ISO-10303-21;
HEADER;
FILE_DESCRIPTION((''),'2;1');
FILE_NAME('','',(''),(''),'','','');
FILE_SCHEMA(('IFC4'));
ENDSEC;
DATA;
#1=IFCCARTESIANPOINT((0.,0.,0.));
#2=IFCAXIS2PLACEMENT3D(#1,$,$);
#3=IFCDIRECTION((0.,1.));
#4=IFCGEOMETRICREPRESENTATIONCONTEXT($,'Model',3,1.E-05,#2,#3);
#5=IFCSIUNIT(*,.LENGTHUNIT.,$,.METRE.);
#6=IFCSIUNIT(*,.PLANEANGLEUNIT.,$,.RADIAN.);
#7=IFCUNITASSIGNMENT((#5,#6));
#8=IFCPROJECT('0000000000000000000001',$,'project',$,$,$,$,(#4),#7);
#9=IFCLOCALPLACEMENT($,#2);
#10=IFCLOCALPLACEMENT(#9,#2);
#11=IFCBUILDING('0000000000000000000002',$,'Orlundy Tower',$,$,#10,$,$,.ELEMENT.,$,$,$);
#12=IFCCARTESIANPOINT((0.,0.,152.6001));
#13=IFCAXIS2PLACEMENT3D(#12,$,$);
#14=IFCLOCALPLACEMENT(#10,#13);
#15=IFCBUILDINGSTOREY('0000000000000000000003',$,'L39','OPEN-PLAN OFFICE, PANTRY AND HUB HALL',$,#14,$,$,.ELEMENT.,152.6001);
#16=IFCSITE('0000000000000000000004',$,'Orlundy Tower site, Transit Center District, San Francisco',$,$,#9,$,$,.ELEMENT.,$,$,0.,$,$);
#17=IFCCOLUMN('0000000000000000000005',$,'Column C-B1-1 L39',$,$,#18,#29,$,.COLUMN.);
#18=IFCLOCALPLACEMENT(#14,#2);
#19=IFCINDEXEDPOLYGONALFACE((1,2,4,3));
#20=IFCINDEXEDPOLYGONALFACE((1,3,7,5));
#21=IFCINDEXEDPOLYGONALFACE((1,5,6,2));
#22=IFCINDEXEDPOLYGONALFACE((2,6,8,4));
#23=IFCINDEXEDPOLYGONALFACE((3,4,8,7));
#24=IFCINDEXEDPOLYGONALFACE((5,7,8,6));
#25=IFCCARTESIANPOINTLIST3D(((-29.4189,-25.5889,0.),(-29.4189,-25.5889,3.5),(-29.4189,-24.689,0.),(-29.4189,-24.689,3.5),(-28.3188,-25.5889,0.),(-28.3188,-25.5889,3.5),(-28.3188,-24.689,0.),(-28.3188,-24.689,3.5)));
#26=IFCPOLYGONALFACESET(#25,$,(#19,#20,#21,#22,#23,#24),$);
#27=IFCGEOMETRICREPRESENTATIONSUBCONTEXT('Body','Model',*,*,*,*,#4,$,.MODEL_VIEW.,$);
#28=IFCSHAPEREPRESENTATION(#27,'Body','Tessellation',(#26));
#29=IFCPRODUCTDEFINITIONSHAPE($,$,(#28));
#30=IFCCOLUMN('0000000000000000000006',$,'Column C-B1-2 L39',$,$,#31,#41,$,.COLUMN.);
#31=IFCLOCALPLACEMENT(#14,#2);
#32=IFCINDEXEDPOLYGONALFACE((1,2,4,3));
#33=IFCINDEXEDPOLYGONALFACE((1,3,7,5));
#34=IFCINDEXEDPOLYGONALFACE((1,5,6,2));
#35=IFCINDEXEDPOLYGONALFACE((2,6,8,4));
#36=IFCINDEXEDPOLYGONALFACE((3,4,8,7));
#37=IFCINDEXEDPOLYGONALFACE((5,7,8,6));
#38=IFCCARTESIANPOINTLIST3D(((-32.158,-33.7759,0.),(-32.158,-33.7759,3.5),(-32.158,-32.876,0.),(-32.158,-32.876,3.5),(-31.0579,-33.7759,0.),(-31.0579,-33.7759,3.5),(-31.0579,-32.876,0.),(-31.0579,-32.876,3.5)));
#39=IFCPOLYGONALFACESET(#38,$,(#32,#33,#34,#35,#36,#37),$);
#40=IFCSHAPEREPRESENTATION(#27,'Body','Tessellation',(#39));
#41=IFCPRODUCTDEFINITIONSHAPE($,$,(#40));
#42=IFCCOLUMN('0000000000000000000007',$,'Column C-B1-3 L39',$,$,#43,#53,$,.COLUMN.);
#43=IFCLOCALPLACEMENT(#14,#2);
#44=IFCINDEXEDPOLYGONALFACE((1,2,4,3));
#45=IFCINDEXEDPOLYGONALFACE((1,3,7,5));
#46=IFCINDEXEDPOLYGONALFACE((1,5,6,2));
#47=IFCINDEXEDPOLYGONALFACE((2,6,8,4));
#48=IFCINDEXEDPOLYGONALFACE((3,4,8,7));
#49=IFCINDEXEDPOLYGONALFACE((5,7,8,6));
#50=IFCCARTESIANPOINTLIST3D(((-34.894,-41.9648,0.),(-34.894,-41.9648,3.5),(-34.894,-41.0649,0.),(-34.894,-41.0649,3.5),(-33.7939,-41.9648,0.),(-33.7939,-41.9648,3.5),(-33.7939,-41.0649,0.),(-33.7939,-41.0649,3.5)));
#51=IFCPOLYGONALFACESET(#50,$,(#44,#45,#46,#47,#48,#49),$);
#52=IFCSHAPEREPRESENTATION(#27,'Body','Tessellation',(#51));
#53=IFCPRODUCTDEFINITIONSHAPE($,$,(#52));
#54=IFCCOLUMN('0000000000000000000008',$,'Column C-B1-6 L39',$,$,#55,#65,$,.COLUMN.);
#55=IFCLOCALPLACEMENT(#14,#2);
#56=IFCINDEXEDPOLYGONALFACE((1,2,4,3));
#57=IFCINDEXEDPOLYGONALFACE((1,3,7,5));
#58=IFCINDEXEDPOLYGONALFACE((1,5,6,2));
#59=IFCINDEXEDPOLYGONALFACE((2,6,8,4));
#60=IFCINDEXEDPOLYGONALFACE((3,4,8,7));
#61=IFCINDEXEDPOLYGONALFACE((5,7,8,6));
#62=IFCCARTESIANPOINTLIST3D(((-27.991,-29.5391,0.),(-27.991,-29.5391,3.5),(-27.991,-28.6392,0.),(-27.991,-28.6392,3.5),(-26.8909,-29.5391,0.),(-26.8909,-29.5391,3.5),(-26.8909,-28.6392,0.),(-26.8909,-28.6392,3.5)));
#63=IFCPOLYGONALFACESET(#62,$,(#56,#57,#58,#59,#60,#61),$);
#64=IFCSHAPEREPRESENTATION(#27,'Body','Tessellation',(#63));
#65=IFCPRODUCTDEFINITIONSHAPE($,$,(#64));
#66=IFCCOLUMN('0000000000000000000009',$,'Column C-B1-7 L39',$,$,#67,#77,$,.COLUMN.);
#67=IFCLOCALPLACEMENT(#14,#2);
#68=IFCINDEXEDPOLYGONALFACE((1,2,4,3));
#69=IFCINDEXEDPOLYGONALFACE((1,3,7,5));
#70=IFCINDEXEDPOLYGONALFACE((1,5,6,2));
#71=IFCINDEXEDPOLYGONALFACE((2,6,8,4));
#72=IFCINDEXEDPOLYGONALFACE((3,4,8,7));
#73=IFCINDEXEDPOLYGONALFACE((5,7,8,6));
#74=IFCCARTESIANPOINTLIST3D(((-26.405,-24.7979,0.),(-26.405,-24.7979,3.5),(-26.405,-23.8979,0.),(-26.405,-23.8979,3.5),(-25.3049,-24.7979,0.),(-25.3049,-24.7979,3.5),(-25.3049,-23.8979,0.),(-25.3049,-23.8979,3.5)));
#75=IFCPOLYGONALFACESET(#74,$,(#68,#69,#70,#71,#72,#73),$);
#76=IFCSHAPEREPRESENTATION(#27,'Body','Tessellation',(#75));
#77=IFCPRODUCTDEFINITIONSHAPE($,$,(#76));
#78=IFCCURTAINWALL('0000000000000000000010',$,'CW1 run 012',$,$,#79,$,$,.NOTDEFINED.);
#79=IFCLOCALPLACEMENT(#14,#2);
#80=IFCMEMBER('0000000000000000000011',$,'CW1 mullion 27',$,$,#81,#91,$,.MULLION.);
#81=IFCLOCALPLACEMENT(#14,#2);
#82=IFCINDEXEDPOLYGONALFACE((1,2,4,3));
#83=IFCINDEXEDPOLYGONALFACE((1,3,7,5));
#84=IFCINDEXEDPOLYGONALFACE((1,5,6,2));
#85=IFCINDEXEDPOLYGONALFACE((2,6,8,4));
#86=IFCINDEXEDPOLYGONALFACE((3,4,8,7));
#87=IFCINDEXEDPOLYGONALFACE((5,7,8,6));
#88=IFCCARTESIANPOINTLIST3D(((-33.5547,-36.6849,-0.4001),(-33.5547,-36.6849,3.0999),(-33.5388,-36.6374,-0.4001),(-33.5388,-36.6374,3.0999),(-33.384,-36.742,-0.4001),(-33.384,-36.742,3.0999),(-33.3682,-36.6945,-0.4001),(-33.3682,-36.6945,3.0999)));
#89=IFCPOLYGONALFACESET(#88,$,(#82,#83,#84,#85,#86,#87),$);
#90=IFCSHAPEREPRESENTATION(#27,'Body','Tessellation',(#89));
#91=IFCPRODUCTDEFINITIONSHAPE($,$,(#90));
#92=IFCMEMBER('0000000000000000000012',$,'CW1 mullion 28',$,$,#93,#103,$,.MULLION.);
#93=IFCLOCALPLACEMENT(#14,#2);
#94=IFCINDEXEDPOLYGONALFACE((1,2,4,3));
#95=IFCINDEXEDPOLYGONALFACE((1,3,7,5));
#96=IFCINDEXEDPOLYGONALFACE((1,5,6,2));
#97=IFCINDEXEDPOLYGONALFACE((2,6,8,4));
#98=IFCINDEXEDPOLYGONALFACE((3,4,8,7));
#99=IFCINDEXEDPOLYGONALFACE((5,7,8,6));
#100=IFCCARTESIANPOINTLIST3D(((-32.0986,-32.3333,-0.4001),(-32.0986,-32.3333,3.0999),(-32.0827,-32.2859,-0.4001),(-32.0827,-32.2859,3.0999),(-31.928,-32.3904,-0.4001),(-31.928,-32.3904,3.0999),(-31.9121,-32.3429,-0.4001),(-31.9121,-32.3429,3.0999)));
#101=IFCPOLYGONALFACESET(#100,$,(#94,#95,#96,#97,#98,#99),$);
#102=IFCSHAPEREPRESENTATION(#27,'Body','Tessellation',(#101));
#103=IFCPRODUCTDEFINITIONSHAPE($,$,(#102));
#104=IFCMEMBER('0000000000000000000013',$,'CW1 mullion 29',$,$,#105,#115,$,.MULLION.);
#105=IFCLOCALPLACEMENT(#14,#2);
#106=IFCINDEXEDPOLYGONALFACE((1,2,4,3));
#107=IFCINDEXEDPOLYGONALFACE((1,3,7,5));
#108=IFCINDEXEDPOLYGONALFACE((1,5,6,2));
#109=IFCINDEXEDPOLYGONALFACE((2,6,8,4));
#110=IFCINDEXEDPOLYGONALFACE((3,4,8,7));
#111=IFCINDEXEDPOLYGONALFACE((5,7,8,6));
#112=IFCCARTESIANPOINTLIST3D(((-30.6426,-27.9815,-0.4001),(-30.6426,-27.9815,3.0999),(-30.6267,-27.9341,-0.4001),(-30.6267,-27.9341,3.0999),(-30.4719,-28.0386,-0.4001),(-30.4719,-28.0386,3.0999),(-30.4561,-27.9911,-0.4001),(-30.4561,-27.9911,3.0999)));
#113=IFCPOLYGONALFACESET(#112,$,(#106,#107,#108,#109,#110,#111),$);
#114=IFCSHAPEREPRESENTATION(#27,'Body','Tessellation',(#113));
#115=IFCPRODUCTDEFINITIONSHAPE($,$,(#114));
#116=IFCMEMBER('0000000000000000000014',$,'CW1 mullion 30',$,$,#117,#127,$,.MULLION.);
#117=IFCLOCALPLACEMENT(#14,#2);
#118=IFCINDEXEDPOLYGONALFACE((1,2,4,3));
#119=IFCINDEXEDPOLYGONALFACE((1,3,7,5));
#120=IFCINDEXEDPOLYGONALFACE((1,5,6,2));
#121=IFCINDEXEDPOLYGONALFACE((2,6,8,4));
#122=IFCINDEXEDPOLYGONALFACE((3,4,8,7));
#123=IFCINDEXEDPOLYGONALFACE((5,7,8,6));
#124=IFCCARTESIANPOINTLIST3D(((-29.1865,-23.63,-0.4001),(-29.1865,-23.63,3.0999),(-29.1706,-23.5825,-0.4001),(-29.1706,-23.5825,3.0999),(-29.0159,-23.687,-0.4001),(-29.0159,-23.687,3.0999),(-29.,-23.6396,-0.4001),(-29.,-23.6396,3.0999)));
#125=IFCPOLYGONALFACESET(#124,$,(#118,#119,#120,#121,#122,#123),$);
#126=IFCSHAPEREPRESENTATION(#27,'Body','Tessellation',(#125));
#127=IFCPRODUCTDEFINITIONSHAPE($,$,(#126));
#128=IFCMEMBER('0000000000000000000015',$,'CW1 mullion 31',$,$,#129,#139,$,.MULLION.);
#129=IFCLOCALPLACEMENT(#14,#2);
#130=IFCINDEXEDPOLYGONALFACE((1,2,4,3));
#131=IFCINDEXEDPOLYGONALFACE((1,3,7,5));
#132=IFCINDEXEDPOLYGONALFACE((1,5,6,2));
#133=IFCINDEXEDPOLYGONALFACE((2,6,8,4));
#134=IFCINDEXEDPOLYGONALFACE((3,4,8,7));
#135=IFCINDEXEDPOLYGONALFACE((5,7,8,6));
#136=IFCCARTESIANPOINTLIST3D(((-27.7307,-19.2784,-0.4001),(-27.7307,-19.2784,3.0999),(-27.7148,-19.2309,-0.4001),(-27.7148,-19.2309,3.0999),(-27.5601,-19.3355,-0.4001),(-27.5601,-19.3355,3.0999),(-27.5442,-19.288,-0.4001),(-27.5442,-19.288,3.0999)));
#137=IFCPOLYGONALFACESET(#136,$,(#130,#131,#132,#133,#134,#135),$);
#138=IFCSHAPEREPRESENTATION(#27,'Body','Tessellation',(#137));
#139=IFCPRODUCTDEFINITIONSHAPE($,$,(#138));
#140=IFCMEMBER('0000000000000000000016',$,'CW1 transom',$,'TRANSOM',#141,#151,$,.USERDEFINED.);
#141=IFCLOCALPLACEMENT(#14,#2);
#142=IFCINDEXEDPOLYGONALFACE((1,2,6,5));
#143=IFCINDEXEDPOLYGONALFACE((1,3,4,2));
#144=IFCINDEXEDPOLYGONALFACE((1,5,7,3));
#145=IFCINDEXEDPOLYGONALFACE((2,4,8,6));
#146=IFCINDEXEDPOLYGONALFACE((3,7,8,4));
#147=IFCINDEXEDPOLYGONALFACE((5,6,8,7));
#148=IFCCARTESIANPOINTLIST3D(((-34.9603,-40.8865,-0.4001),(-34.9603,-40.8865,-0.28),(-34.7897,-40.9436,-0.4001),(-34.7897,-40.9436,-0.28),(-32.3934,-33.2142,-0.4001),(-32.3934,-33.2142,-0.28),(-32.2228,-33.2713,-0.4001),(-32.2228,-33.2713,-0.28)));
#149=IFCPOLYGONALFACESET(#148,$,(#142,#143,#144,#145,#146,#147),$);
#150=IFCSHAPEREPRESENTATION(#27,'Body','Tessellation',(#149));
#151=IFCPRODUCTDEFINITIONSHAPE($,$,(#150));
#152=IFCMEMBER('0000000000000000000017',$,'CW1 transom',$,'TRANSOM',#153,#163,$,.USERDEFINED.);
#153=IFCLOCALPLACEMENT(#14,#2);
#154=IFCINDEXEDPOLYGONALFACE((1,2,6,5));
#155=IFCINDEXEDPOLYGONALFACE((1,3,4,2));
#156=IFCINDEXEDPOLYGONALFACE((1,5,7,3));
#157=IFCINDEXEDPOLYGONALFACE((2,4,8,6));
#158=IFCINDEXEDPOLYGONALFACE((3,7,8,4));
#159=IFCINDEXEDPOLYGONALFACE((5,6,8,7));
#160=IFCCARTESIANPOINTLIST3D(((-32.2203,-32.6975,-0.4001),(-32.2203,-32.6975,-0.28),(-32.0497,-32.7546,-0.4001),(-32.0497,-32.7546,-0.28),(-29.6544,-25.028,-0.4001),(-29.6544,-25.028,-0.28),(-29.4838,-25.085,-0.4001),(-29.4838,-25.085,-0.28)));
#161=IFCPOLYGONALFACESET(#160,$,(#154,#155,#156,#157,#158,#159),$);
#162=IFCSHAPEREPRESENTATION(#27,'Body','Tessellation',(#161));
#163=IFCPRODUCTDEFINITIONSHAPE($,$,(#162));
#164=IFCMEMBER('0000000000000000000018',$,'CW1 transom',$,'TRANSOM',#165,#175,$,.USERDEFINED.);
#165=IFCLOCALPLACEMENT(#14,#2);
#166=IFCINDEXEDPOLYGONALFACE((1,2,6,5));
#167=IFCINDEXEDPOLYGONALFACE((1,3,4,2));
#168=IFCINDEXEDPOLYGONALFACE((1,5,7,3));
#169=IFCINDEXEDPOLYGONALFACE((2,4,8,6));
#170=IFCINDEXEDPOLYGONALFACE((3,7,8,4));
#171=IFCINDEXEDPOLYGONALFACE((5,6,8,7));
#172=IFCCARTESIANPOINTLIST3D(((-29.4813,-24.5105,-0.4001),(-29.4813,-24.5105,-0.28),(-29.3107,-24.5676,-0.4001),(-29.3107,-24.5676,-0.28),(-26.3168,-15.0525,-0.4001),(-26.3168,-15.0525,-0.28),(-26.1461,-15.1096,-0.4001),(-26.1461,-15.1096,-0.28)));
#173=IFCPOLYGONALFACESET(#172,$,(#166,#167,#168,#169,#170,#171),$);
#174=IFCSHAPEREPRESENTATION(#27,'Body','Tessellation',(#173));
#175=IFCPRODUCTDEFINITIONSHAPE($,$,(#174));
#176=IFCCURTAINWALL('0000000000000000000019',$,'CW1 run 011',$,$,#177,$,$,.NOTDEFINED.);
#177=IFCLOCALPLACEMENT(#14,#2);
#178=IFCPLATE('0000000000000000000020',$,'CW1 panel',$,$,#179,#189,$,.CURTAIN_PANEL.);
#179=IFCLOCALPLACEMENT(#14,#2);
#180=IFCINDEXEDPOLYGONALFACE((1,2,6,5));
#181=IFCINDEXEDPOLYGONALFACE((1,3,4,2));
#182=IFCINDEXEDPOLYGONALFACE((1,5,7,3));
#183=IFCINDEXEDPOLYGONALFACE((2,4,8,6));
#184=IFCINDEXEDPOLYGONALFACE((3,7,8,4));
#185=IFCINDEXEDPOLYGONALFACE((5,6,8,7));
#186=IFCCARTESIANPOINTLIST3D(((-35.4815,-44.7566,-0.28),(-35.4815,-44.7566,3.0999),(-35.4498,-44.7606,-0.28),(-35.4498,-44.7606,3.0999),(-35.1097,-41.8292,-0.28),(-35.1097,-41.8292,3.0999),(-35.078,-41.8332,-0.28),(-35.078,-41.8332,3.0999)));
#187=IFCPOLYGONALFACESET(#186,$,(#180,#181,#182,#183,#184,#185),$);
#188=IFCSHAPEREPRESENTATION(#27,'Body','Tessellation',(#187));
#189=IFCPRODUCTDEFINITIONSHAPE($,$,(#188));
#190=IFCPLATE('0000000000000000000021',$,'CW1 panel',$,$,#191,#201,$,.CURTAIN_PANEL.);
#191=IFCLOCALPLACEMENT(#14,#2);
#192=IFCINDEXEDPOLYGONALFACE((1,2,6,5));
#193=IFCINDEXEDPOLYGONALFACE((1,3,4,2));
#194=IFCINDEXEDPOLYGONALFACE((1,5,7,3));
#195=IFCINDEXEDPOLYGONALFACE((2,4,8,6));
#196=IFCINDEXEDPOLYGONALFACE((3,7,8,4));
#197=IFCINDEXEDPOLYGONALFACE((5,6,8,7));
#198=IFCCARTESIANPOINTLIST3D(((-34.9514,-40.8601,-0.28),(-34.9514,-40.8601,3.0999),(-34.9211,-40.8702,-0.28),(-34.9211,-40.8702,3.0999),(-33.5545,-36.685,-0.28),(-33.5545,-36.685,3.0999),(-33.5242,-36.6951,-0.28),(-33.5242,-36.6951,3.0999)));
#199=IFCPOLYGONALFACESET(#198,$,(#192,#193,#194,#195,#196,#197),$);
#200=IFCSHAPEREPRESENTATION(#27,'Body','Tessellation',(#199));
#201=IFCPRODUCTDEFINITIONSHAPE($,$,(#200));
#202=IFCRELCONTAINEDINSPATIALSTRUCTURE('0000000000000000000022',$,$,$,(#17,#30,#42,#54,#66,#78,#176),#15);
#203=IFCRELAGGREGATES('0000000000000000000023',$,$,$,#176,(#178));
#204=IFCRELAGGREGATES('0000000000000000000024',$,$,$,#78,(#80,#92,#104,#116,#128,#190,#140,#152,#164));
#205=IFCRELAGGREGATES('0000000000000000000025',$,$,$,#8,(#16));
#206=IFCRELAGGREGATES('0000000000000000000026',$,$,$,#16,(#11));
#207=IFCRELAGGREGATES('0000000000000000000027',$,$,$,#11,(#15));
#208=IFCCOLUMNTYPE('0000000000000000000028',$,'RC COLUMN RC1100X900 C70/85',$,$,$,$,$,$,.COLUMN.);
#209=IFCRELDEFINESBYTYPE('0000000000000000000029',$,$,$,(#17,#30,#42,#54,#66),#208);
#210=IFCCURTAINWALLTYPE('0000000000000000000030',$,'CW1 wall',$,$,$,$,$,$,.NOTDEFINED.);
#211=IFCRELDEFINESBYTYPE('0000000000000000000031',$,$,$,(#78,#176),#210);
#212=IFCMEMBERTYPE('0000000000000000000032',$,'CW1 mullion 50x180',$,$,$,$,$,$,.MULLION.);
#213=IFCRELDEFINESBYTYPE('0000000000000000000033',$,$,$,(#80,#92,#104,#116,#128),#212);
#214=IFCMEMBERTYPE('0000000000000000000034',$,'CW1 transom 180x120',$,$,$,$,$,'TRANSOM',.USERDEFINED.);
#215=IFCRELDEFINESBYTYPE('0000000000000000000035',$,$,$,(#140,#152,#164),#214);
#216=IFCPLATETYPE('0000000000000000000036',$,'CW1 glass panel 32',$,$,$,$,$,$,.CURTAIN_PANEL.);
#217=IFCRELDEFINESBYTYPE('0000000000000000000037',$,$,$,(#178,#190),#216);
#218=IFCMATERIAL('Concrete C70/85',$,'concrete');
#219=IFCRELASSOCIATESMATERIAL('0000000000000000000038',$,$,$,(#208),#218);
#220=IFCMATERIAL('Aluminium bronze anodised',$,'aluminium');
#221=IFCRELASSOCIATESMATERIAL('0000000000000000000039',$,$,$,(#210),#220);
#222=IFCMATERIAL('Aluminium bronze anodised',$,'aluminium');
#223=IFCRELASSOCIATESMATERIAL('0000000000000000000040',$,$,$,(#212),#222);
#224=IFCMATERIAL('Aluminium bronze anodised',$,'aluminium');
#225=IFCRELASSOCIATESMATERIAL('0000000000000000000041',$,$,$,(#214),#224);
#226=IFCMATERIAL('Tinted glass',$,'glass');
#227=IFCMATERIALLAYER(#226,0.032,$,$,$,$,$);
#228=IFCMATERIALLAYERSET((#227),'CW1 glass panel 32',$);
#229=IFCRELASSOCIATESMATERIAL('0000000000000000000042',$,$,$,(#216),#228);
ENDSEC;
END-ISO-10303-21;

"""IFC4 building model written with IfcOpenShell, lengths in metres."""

from ifc_helpers import new_model, si_unit, direction, frame, origin, origin_2d, place, context, subcontext, project, spatial, rectangle, extrude, material, layer, layer_set, material_profile, profile_set, type_object, element, aggregate, save


model = new_model("IFC4")

# Units and contexts
model_context = context("Model", 3, precision=1e-05, world=origin(), true_north=direction((0.0, 1.0)))
body_context = subcontext(model_context, "Body", "Model", "MODEL_VIEW")
ifc_project = project(units=[si_unit("LENGTHUNIT", "METRE"), si_unit("PLANEANGLEUNIT", "RADIAN")], contexts=[model_context])

# Site, building, storey
site_placement = place(None, origin())
site = spatial("IfcSite", under=ifc_project, at=site_placement, Name="Orlundy Tower site, Transit Center District, San Francisco", CompositionType="ELEMENT", RefElevation=0.0)
building_placement = place(site_placement, origin())
building = spatial("IfcBuilding", under=site, at=building_placement, Name="Orlundy Tower", CompositionType="ELEMENT")
storey_placement = place(building_placement, frame((0.0, 0.0, 152.6001)))
storey = spatial("IfcBuildingStorey", under=building, at=storey_placement, Name="L39", Description="OPEN-PLAN OFFICE, PANTRY AND HUB HALL", CompositionType="ELEMENT", Elevation=152.6001)

# Columns
ifc_material_1 = material(Name="Concrete C70/85", Category="concrete")
ifc_material_profile_1 = material_profile(ifc_material_1, rectangle(XDim=1.1001, YDim=0.8999, at=origin_2d()), Name="RC1100X900")
ifc_profile_set_1 = profile_set([ifc_material_profile_1], Name="Concrete C70/85")
column_type = type_object("IfcColumnType", Name="RC COLUMN RC1100X900 C70/85", PredefinedType="COLUMN", material=ifc_profile_set_1)
for number, where, z_axis, x_axis, name in (
    (1, (-28.8689, -25.1389, 0.0), (0.0, 0.0, 1.0), (1.0, 0.0, 0.0), "Column C-B1-1 L39"),
    (2, (-31.6079, -33.3259, 0.0), (0.0, 0.0, 1.0), (1.0, 0.0, 0.0), "Column C-B1-2 L39"),
    (3, (-34.344, -41.5149, 0.0), (0.0, 0.0, 1.0), (1.0, 0.0, 0.0), "Column C-B1-3 L39"),
    (4, (-27.4409, -29.0891, 0.0), (0.0, 0.0, 1.0), (1.0, 0.0, 0.0), "Column C-B1-6 L39"),
    (5, (-25.855, -24.3479, 0.0), (0.0, 0.0, 1.0), (1.0, 0.0, 0.0), "Column C-B1-7 L39"),
):
    element("IfcColumn", number, at=place(storey_placement, frame(where, z_axis=z_axis, x_axis=x_axis)), inside=storey, type_object=column_type, Name=name, PredefinedType="COLUMN", context=body_context, shape_type="SweptSolid", body=[
        extrude(rectangle(XDim=1.1001, YDim=0.8999, at=origin_2d()), origin(), (0.0, 0.0, 1.0), 3.5),
    ])

# Curtain wall, members
ifc_material_2 = material(Name="Aluminium bronze anodised", Category="aluminium")
curtain_wall_type = type_object("IfcCurtainWallType", Name="CW1 wall", PredefinedType="NOTDEFINED", material=ifc_material_2)
curtain_wall_1_placement = place(storey_placement, origin())
curtain_wall_1 = element("IfcCurtainWall", 6, at=curtain_wall_1_placement, inside=storey, type_object=curtain_wall_type, Name="CW1 run 012", PredefinedType="NOTDEFINED")
ifc_material_3 = material(Name="Aluminium bronze anodised", Category="aluminium")
ifc_material_profile_2 = material_profile(ifc_material_3, rectangle(XDim=0.1799, YDim=0.05, at=origin_2d()), Name="CW1 mullion 50x180")
ifc_profile_set_2 = profile_set([ifc_material_profile_2], Name="Aluminium bronze anodised")
member_type_1 = type_object("IfcMemberType", Name="CW1 mullion 50x180", PredefinedType="MULLION", material=ifc_profile_set_2)
member_1_placement = place(storey_placement, frame((-33.4614, -36.6897, -0.4001), z_axis=(0.0, 0.0, 1.0), x_axis=(-0.948327, 0.317295, 0.0)))
member_1 = element("IfcMember", 7, at=member_1_placement, type_object=member_type_1, Name="CW1 mullion 27", PredefinedType="MULLION", context=body_context, shape_type="SweptSolid", body=[
    extrude(rectangle(XDim=0.1799, YDim=0.05, at=origin_2d()), origin(), (0.0, 0.0, 1.0), 3.5),
])
member_2_placement = place(storey_placement, frame((-32.0054, -32.3381, -0.4001), z_axis=(0.0, 0.0, 1.0), x_axis=(-0.948327, 0.317295, 0.0)))
member_2 = element("IfcMember", 8, at=member_2_placement, type_object=member_type_1, Name="CW1 mullion 28", PredefinedType="MULLION", context=body_context, shape_type="SweptSolid", body=[
    extrude(rectangle(XDim=0.1799, YDim=0.05, at=origin_2d()), origin(), (0.0, 0.0, 1.0), 3.5),
])
member_3_placement = place(storey_placement, frame((-30.5493, -27.9863, -0.4001), z_axis=(0.0, 0.0, 1.0), x_axis=(-0.948327, 0.317295, 0.0)))
member_3 = element("IfcMember", 9, at=member_3_placement, type_object=member_type_1, Name="CW1 mullion 29", PredefinedType="MULLION", context=body_context, shape_type="SweptSolid", body=[
    extrude(rectangle(XDim=0.1799, YDim=0.05, at=origin_2d()), origin(), (0.0, 0.0, 1.0), 3.5),
])
member_4_placement = place(storey_placement, frame((-29.0933, -23.6348, -0.4001), z_axis=(0.0, 0.0, 1.0), x_axis=(-0.948327, 0.317295, 0.0)))
member_4 = element("IfcMember", 10, at=member_4_placement, type_object=member_type_1, Name="CW1 mullion 30", PredefinedType="MULLION", context=body_context, shape_type="SweptSolid", body=[
    extrude(rectangle(XDim=0.1799, YDim=0.05, at=origin_2d()), origin(), (0.0, 0.0, 1.0), 3.5),
])
member_5_placement = place(storey_placement, frame((-27.6375, -19.2832, -0.4001), z_axis=(0.0, 0.0, 1.0), x_axis=(-0.948327, 0.317295, 0.0)))
member_5 = element("IfcMember", 11, at=member_5_placement, type_object=member_type_1, Name="CW1 mullion 31", PredefinedType="MULLION", context=body_context, shape_type="SweptSolid", body=[
    extrude(rectangle(XDim=0.1799, YDim=0.05, at=origin_2d()), origin(), (0.0, 0.0, 1.0), 3.5),
])
ifc_material_4 = material(Name="Aluminium bronze anodised", Category="aluminium")
ifc_material_profile_3 = material_profile(ifc_material_4, rectangle(XDim=0.1799, YDim=0.1201, at=origin_2d()), Name="CW1 transom 180x120")
ifc_profile_set_3 = profile_set([ifc_material_profile_3], Name="Aluminium bronze anodised")
member_type_2 = type_object("IfcMemberType", Name="CW1 transom 180x120", ElementType="TRANSOM", PredefinedType="USERDEFINED", material=ifc_profile_set_3)
member_6_placement = place(storey_placement, frame((-34.875, -40.915, -0.3401), z_axis=(0.317278, 0.948333, 0.0), x_axis=(-0.948333, 0.317278, 0.0)))
member_6 = element("IfcMember", 12, at=member_6_placement, type_object=member_type_2, Name="CW1 transom", ObjectType="TRANSOM", PredefinedType="USERDEFINED", context=body_context, shape_type="SweptSolid", body=[
    extrude(rectangle(XDim=0.1799, YDim=0.1201, at=origin_2d()), origin(), (0.0, 0.0, 1.0), 8.0903),
])
member_7_placement = place(storey_placement, frame((-32.135, -32.7261, -0.3401), z_axis=(0.317269, 0.948336, 0.0), x_axis=(-0.948336, 0.317269, 0.0)))
member_7 = element("IfcMember", 13, at=member_7_placement, type_object=member_type_2, Name="CW1 transom", ObjectType="TRANSOM", PredefinedType="USERDEFINED", context=body_context, shape_type="SweptSolid", body=[
    extrude(rectangle(XDim=0.1799, YDim=0.1201, at=origin_2d()), origin(), (0.0, 0.0, 1.0), 8.0874),
])
member_8_placement = place(storey_placement, frame((-29.396, -24.5391, -0.3401), z_axis=(0.3173, 0.948325, 0.0), x_axis=(-0.948325, 0.3173, 0.0)))
member_8 = element("IfcMember", 14, at=member_8_placement, type_object=member_type_2, Name="CW1 transom", ObjectType="TRANSOM", PredefinedType="USERDEFINED", context=body_context, shape_type="SweptSolid", body=[
    extrude(rectangle(XDim=0.1799, YDim=0.1201, at=origin_2d()), origin(), (0.0, 0.0, 1.0), 9.9734),
])

# Curtain wall, plate
curtain_wall_2_placement = place(storey_placement, origin())
curtain_wall_2 = element("IfcCurtainWall", 15, at=curtain_wall_2_placement, inside=storey, type_object=curtain_wall_type, Name="CW1 run 011", PredefinedType="NOTDEFINED")
ifc_material_5 = material(Name="Tinted glass", Category="glass")
ifc_layer_1 = layer(ifc_material_5, 0.032)
ifc_layer_set_1 = layer_set([ifc_layer_1], Name="CW1 glass panel 32")
plate_type = type_object("IfcPlateType", Name="CW1 glass panel 32", PredefinedType="CURTAIN_PANEL", material=ifc_layer_set_1)
plate_1_placement = place(storey_placement, frame((-35.2798, -43.2949, -0.28), z_axis=(0.0, 0.0, 1.0), x_axis=(0.125994, 0.992031, 0.0)))
plate_1 = element("IfcPlate", 16, at=plate_1_placement, type_object=plate_type, Name="CW1 panel", PredefinedType="CURTAIN_PANEL", context=body_context, shape_type="SweptSolid", body=[
    extrude(rectangle(XDim=2.9509, YDim=0.032, at=origin_2d()), origin(), (0.0, 0.0, 1.0), 3.3799),
])
aggregate(curtain_wall_2, [plate_1])

# Plate
plate_2_placement = place(storey_placement, frame((-34.2378, -38.7776, -0.28), z_axis=(0.0, 0.0, 1.0), x_axis=(0.317295, 0.948327, 0.0)))
plate_2 = element("IfcPlate", 17, at=plate_2_placement, type_object=plate_type, Name="CW1 panel", PredefinedType="CURTAIN_PANEL", context=body_context, shape_type="SweptSolid", body=[
    extrude(rectangle(XDim=4.4026, YDim=0.032, at=origin_2d()), origin(), (0.0, 0.0, 1.0), 3.3799),
])
aggregate(curtain_wall_1, [member_1, member_2, member_3, member_4, member_5, plate_2, member_6, member_7, member_8])

save(model, "model.ifc")
